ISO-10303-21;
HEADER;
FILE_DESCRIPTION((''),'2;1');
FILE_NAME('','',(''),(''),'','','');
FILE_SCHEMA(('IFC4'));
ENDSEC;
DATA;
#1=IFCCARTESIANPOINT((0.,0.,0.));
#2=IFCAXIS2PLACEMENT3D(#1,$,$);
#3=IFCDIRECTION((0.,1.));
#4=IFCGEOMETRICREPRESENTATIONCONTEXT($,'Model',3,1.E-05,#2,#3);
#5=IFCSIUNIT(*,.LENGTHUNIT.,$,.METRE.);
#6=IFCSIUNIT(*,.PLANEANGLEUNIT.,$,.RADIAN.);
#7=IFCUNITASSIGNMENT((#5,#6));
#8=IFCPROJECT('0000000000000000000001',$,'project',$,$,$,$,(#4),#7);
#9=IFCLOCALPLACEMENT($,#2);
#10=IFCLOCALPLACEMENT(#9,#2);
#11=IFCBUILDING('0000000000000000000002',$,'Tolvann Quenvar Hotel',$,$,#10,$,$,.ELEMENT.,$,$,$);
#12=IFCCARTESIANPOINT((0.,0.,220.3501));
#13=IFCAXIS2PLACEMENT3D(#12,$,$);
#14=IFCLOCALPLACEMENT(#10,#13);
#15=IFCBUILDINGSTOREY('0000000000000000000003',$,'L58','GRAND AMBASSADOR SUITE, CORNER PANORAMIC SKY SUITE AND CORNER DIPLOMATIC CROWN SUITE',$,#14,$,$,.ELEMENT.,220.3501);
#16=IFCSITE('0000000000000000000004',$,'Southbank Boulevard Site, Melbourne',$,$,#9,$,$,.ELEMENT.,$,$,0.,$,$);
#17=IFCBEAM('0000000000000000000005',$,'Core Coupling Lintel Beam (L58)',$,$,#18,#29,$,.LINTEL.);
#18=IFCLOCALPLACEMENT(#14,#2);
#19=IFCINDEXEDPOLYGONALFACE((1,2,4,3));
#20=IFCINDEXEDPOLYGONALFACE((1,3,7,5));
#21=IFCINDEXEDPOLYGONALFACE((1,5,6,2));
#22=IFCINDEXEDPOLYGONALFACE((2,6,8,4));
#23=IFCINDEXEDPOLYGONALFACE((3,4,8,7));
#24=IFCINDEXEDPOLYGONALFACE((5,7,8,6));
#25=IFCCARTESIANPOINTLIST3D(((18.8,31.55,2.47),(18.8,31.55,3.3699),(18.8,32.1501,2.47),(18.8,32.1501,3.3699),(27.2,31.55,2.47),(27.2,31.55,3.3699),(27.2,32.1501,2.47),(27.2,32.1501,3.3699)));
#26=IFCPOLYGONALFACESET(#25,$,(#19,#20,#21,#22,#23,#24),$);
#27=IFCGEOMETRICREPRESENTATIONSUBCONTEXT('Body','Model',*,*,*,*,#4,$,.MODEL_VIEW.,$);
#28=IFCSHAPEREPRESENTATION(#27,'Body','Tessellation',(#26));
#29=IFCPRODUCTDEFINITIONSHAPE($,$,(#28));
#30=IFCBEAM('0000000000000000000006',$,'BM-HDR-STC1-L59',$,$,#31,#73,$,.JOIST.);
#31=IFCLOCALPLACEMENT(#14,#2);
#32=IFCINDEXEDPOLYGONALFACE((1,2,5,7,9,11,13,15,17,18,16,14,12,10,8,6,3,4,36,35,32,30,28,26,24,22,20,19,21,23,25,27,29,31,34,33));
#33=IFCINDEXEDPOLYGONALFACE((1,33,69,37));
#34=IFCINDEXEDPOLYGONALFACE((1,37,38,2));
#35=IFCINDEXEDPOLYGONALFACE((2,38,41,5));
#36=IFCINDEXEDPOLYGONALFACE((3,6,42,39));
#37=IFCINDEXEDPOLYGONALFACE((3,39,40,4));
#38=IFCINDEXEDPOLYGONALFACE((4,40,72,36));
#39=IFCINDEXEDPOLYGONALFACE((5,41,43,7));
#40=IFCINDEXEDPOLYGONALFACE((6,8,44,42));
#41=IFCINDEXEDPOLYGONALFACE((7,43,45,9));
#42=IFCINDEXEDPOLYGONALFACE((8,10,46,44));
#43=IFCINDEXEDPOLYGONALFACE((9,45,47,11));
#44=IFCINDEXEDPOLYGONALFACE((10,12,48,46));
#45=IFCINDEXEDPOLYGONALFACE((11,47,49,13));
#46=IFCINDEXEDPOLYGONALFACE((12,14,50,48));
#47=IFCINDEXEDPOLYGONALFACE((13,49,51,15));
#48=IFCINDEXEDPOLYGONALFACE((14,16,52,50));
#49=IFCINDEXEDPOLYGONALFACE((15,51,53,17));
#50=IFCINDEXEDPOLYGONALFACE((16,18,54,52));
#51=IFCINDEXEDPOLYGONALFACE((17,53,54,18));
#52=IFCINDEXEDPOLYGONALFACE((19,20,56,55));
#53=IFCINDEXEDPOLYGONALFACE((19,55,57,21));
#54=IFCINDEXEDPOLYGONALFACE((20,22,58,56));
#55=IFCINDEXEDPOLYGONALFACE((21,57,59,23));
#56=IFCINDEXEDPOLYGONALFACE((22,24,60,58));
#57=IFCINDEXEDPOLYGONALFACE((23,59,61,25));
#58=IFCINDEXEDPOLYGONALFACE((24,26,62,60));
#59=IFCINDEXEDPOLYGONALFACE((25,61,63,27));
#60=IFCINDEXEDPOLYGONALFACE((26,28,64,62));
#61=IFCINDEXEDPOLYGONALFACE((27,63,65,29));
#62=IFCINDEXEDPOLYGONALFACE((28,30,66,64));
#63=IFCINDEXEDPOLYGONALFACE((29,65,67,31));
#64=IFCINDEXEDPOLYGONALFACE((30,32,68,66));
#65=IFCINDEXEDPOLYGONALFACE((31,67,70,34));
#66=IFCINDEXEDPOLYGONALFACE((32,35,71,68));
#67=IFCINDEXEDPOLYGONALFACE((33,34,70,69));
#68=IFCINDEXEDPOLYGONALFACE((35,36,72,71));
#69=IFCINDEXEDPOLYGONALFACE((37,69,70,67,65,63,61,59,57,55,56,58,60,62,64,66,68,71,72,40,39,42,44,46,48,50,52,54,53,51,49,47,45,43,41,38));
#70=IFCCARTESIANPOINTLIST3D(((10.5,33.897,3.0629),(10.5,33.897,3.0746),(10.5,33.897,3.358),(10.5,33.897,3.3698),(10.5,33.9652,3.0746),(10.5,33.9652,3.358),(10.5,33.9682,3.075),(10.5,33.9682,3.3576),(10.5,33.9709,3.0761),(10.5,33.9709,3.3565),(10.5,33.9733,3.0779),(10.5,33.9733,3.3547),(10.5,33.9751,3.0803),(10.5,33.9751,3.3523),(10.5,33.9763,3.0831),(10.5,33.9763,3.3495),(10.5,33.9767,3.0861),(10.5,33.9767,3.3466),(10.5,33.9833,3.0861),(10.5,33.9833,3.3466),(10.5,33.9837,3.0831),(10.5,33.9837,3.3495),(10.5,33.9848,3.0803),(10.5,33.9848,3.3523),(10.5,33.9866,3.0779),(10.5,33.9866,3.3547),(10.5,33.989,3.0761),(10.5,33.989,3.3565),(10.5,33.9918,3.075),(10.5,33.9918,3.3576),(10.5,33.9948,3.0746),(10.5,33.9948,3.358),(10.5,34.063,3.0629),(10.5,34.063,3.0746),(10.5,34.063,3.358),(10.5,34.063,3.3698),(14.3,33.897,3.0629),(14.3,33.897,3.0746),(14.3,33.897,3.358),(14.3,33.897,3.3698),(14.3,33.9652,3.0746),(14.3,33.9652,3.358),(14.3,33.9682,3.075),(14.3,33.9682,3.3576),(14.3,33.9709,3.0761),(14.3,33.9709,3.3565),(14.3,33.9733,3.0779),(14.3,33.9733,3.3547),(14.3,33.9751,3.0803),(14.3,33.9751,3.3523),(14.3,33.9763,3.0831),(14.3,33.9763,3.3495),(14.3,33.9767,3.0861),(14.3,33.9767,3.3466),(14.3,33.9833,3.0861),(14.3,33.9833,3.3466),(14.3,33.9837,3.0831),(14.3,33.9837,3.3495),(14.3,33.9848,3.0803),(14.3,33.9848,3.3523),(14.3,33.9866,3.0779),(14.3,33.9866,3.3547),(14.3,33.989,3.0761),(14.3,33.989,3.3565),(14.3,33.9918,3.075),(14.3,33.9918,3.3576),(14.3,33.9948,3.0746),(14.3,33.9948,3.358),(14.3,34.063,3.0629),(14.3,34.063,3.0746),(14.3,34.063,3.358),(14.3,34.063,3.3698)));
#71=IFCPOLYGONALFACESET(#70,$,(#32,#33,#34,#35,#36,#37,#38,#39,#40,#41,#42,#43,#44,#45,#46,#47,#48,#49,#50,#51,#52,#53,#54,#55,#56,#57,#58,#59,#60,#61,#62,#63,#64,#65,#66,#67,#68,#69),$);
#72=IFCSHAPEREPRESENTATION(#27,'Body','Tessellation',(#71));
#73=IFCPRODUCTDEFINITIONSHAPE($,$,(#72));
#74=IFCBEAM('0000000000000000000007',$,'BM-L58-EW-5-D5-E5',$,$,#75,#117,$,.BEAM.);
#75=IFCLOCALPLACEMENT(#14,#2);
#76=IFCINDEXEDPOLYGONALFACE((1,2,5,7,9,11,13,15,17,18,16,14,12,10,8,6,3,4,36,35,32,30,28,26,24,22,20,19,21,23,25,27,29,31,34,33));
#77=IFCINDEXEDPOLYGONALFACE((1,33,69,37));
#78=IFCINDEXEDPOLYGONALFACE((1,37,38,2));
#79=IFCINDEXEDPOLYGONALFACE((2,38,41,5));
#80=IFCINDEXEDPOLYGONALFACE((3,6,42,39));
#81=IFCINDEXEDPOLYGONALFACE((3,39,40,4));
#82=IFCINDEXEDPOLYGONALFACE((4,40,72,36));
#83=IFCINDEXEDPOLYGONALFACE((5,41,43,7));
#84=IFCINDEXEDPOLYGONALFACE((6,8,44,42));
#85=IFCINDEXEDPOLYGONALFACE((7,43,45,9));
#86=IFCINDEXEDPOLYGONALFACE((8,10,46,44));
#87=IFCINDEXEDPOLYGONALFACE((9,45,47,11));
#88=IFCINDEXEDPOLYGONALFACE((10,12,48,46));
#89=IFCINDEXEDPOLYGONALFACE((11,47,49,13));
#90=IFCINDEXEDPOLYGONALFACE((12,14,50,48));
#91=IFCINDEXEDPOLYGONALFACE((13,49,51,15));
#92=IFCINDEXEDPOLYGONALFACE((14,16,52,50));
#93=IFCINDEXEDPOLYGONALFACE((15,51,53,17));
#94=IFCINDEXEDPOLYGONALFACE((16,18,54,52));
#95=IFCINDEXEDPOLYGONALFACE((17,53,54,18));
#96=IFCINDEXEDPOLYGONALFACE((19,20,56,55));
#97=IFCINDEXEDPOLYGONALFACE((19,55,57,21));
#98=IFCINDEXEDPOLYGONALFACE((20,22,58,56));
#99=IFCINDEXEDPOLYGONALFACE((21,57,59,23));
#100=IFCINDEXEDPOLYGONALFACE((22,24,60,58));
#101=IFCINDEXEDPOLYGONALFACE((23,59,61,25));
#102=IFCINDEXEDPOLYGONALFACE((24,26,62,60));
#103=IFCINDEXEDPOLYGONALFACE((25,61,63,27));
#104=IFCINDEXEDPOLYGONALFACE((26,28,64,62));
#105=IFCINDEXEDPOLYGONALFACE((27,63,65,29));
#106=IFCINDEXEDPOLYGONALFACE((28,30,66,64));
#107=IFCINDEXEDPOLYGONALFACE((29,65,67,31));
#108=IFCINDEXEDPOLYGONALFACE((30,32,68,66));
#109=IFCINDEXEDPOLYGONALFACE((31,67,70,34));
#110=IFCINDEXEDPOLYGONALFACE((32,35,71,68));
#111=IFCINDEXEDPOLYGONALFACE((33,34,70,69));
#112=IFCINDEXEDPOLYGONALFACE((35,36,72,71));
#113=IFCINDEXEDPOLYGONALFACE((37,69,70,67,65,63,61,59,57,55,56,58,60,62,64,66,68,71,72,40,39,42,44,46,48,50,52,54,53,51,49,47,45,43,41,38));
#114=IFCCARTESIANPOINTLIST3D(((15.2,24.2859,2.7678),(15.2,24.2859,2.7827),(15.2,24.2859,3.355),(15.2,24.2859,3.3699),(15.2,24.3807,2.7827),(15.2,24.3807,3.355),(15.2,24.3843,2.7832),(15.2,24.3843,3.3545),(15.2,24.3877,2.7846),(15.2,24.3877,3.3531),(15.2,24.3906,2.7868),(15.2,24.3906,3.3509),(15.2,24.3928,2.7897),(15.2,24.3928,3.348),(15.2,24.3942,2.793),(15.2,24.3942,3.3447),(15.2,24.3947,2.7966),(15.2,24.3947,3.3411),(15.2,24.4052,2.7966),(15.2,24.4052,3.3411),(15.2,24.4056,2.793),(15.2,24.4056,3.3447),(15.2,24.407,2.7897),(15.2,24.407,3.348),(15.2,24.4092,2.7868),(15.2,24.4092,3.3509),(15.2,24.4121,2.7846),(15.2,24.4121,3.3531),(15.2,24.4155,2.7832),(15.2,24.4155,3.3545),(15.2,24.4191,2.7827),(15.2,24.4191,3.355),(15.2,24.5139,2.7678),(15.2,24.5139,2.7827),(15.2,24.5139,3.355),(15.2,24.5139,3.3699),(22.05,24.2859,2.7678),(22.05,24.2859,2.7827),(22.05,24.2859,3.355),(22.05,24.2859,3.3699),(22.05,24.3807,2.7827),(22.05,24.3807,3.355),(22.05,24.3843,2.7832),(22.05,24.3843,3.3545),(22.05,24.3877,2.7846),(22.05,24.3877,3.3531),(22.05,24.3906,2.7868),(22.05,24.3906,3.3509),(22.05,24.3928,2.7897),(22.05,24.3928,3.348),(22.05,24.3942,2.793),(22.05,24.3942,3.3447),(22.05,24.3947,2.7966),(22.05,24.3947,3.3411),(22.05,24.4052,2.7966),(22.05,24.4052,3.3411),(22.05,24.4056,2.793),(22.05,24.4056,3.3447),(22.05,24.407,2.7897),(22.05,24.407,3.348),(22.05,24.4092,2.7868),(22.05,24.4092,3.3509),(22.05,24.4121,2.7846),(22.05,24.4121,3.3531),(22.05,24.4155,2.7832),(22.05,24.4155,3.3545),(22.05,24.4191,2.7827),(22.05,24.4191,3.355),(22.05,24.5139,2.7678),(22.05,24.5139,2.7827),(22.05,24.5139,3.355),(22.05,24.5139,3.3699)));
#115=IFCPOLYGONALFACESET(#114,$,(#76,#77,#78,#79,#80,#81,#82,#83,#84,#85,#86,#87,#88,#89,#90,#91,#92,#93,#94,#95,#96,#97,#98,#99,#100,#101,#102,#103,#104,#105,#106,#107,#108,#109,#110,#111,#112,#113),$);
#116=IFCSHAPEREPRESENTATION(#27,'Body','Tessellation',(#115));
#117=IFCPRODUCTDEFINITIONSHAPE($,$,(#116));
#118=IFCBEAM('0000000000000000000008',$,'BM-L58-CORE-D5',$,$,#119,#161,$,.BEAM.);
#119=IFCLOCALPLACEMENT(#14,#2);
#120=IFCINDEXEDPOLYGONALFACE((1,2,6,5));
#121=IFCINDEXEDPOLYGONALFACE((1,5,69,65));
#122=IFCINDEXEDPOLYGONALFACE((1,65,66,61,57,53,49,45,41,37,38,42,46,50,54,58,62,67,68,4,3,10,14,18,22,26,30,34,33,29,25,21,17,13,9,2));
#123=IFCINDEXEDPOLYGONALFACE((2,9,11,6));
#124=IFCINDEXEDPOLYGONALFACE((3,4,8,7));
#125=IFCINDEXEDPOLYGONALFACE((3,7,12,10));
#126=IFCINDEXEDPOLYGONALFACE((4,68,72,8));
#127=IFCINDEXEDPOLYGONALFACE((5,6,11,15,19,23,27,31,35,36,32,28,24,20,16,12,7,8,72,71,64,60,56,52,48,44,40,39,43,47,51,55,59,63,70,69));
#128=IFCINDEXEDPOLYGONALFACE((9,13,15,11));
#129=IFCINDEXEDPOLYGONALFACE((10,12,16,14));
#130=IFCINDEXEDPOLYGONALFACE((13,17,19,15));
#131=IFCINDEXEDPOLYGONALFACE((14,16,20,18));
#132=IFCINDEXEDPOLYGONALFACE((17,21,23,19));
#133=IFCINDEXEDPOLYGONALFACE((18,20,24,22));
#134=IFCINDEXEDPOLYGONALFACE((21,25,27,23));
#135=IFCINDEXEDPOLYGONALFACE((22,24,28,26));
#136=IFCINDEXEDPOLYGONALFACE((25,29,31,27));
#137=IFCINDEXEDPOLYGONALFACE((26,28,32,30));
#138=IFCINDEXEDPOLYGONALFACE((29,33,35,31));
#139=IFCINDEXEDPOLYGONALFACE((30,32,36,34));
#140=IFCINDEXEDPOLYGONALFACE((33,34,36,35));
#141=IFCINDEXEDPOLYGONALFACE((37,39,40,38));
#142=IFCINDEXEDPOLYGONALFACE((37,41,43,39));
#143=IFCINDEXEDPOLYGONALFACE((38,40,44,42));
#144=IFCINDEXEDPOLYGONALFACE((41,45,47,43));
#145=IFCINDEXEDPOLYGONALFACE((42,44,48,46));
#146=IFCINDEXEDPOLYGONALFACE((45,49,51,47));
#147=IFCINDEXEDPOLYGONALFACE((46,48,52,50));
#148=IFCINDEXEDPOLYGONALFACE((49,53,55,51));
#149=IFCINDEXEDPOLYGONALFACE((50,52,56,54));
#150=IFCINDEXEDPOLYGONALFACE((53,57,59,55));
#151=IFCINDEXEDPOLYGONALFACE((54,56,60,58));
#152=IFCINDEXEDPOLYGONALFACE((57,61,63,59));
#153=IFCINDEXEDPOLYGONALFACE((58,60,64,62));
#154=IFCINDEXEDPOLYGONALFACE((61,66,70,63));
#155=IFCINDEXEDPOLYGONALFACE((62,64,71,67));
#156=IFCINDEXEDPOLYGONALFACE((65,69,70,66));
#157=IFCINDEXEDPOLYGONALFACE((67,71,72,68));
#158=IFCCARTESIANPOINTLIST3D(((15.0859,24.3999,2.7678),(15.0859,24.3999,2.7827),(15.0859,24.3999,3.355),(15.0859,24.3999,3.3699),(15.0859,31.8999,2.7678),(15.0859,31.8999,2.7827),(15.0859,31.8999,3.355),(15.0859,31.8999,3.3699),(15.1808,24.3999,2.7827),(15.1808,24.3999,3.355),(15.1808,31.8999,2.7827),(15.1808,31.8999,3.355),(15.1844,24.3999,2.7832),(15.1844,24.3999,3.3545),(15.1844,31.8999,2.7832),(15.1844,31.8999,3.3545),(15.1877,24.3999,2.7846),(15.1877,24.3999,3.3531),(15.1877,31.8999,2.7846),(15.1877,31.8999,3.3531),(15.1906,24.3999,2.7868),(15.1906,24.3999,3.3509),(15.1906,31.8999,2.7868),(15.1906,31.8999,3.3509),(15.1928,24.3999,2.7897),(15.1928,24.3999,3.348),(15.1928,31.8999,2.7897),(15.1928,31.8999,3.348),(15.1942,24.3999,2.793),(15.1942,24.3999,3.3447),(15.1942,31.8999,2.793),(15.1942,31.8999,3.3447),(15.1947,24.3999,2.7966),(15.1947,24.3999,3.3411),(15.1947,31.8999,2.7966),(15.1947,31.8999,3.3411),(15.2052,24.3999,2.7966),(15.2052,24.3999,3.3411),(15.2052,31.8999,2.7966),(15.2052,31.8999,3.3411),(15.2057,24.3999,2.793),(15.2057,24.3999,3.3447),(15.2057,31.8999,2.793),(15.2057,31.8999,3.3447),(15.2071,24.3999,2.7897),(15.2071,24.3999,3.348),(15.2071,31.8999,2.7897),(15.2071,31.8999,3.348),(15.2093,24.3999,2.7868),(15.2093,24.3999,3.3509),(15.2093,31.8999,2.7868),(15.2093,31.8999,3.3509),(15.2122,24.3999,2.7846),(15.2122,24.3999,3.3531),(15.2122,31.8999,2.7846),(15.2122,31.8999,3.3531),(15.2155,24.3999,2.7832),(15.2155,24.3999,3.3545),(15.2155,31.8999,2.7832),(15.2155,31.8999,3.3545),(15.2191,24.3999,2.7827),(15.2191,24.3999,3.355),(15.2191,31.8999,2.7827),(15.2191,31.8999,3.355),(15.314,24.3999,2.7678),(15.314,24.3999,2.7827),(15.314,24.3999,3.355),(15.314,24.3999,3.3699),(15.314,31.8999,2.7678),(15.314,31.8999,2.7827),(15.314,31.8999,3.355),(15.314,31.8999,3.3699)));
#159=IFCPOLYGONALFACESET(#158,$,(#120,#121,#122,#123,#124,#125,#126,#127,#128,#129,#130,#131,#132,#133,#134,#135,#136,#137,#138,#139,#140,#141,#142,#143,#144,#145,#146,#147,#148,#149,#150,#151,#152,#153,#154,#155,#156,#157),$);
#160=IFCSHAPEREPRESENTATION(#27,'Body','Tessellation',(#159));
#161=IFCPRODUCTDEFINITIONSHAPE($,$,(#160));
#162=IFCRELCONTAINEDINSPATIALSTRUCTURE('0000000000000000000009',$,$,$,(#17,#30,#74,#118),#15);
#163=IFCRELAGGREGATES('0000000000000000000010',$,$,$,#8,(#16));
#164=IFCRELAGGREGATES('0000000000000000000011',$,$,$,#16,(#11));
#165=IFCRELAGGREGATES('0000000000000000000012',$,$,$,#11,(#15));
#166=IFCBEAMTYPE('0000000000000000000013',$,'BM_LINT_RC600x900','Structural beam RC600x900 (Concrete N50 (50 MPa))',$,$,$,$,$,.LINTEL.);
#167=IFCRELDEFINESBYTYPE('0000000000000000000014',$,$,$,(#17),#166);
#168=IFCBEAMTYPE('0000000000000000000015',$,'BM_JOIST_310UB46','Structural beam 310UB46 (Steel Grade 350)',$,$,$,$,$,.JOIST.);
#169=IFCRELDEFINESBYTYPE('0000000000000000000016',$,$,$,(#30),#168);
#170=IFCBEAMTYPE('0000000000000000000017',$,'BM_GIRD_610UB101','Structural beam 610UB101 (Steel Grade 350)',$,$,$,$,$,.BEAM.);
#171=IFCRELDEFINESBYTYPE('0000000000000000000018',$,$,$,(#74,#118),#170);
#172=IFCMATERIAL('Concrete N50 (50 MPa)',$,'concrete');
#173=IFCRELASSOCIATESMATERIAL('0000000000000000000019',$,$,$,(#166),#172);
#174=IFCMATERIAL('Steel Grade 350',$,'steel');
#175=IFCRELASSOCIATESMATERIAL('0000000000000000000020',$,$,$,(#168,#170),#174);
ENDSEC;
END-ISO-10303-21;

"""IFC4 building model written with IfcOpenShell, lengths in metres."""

from ifc_helpers import new_model, si_unit, direction, frame, origin, origin_2d, place, context, subcontext, project, spatial, rectangle, i_section, extrude, source, transform, mapped, material, material_profile, profile_set, type_object, type_shapes, element, save


model = new_model("IFC4")

# Units and contexts
model_context = context("Model", 3, precision=1e-05, world=origin(), true_north=direction((0.0, 1.0)))
body_context = subcontext(model_context, "Body", "Model", "MODEL_VIEW")
ifc_project = project(units=[si_unit("LENGTHUNIT", "METRE"), si_unit("PLANEANGLEUNIT", "RADIAN")], contexts=[model_context])

# Site, building, storey
site_placement = place(None, origin())
site = spatial("IfcSite", under=ifc_project, at=site_placement, Name="Southbank Boulevard Site, Melbourne", CompositionType="ELEMENT", RefElevation=0.0)
building_placement = place(site_placement, origin())
building = spatial("IfcBuilding", under=site, at=building_placement, Name="Tolvann Quenvar Hotel", CompositionType="ELEMENT")
storey_placement = place(building_placement, frame((0.0, 0.0, 220.3501)))
storey = spatial("IfcBuildingStorey", under=building, at=storey_placement, Name="L58", Description="GRAND AMBASSADOR SUITE, CORNER PANORAMIC SKY SUITE AND CORNER DIPLOMATIC CROWN SUITE", CompositionType="ELEMENT", Elevation=220.3501)

# Beams
ifc_material_1 = material(Name="Concrete N50 (50 MPa)", Category="concrete")
ifc_material_profile_1 = material_profile(ifc_material_1, rectangle(XDim=0.6001, YDim=0.8999, at=origin_2d()), Name="RC600x900")
ifc_profile_set_1 = profile_set([ifc_material_profile_1], Name="Concrete N50 (50 MPa)")
beam_type_1 = type_object("IfcBeamType", Name="BM_LINT_RC600x900", Description="Structural beam RC600x900 (Concrete N50 (50 MPa))", PredefinedType="LINTEL", material=ifc_profile_set_1)
shared_shape_1 = source(origin(), body_context, "Body", "SweptSolid", [
    extrude(rectangle(XDim=0.6001, YDim=0.8999, at=origin_2d()), origin(), (0.0, 0.0, 1.0), 8.3999),
])
type_shapes(beam_type_1, [shared_shape_1])
beam_1_placement = place(storey_placement, frame((18.8, 31.8501, 2.9199), z_axis=(1.0, 0.0, 0.0), x_axis=(0.0, 1.0, 0.0)))
element("IfcBeam", 1, at=beam_1_placement, inside=storey, type_object=beam_type_1, Name="Core Coupling Lintel Beam (L58)", PredefinedType="LINTEL", context=body_context, shape_type="MappedRepresentation", body=[
    mapped(shared_shape_1, transform((0.0, 0.0, 0.0), x_axis=(1.0, 0.0, 0.0), y_axis=(0.0, 1.0, 0.0), z_axis=(0.0, 0.0, 1.0), scale=1.0)),
])
ifc_material_2 = material(Name="Steel Grade 350", Category="steel")
ifc_material_profile_2 = material_profile(ifc_material_2, i_section(OverallWidth=0.166, OverallDepth=0.3069, WebThickness=0.0066, FlangeThickness=0.0117, FilletRadius=0.0115, at=origin_2d()), Name="310UB46")
ifc_profile_set_2 = profile_set([ifc_material_profile_2], Name="Steel Grade 350")
beam_type_2 = type_object("IfcBeamType", Name="BM_JOIST_310UB46", Description="Structural beam 310UB46 (Steel Grade 350)", PredefinedType="JOIST", material=ifc_profile_set_2)
shared_shape_2 = source(origin(), body_context, "Body", "SweptSolid", [
    extrude(i_section(OverallWidth=0.166, OverallDepth=0.3069, WebThickness=0.0066, FlangeThickness=0.0117, FilletRadius=0.0115, at=origin_2d()), origin(), (0.0, 0.0, 1.0), 3.8),
])
type_shapes(beam_type_2, [shared_shape_2])
beam_2_placement = place(storey_placement, frame((10.5, 33.98, 3.2163), z_axis=(1.0, 0.0, 0.0), x_axis=(0.0, 1.0, 0.0)))
element("IfcBeam", 2, at=beam_2_placement, inside=storey, type_object=beam_type_2, Name="BM-HDR-STC1-L59", PredefinedType="JOIST", context=body_context, shape_type="MappedRepresentation", body=[
    mapped(shared_shape_2, transform((0.0, 0.0, 0.0), x_axis=(1.0, 0.0, 0.0), y_axis=(0.0, 1.0, 0.0), z_axis=(0.0, 0.0, 1.0), scale=1.0)),
])
ifc_material_profile_3 = material_profile(ifc_material_2, i_section(OverallWidth=0.228, OverallDepth=0.6021, WebThickness=0.0105, FlangeThickness=0.0149, FilletRadius=0.0139, at=origin_2d()), Name="610UB101")
ifc_profile_set_3 = profile_set([ifc_material_profile_3], Name="Steel Grade 350")
beam_type_3 = type_object("IfcBeamType", Name="BM_GIRD_610UB101", Description="Structural beam 610UB101 (Steel Grade 350)", PredefinedType="BEAM", material=ifc_profile_set_3)
shared_shape_3 = source(origin(), body_context, "Body", "SweptSolid", [
    extrude(i_section(OverallWidth=0.228, OverallDepth=0.6021, WebThickness=0.0105, FlangeThickness=0.0149, FilletRadius=0.0139, at=origin_2d()), origin(), (0.0, 0.0, 1.0), 6.8501),
])
beam_3_placement = place(storey_placement, frame((15.2, 24.3999, 3.0688), z_axis=(1.0, 0.0, 0.0), x_axis=(0.0, 1.0, 0.0)))
element("IfcBeam", 3, at=beam_3_placement, inside=storey, type_object=beam_type_3, Name="BM-L58-EW-5-D5-E5", PredefinedType="BEAM", context=body_context, shape_type="MappedRepresentation", body=[
    mapped(shared_shape_3, transform((0.0, 0.0, 0.0), x_axis=(1.0, 0.0, 0.0), y_axis=(0.0, 1.0, 0.0), z_axis=(0.0, 0.0, 1.0), scale=1.0)),
])
shared_shape_4 = source(origin(), body_context, "Body", "SweptSolid", [
    extrude(i_section(OverallWidth=0.228, OverallDepth=0.6021, WebThickness=0.0105, FlangeThickness=0.0149, FilletRadius=0.0139, at=origin_2d()), origin(), (0.0, 0.0, 1.0), 7.5),
])
type_shapes(beam_type_3, [shared_shape_3, shared_shape_4])
beam_4_placement = place(storey_placement, frame((15.2, 24.3999, 3.0688), z_axis=(0.0, 1.0, 0.0), x_axis=(-1.0, 0.0, 0.0)))
element("IfcBeam", 4, at=beam_4_placement, inside=storey, type_object=beam_type_3, Name="BM-L58-CORE-D5", PredefinedType="BEAM", context=body_context, shape_type="MappedRepresentation", body=[
    mapped(shared_shape_4, transform((0.0, 0.0, 0.0), x_axis=(1.0, 0.0, 0.0), y_axis=(0.0, 1.0, 0.0), z_axis=(0.0, 0.0, 1.0), scale=1.0)),
])

save(model, "model.ifc")
